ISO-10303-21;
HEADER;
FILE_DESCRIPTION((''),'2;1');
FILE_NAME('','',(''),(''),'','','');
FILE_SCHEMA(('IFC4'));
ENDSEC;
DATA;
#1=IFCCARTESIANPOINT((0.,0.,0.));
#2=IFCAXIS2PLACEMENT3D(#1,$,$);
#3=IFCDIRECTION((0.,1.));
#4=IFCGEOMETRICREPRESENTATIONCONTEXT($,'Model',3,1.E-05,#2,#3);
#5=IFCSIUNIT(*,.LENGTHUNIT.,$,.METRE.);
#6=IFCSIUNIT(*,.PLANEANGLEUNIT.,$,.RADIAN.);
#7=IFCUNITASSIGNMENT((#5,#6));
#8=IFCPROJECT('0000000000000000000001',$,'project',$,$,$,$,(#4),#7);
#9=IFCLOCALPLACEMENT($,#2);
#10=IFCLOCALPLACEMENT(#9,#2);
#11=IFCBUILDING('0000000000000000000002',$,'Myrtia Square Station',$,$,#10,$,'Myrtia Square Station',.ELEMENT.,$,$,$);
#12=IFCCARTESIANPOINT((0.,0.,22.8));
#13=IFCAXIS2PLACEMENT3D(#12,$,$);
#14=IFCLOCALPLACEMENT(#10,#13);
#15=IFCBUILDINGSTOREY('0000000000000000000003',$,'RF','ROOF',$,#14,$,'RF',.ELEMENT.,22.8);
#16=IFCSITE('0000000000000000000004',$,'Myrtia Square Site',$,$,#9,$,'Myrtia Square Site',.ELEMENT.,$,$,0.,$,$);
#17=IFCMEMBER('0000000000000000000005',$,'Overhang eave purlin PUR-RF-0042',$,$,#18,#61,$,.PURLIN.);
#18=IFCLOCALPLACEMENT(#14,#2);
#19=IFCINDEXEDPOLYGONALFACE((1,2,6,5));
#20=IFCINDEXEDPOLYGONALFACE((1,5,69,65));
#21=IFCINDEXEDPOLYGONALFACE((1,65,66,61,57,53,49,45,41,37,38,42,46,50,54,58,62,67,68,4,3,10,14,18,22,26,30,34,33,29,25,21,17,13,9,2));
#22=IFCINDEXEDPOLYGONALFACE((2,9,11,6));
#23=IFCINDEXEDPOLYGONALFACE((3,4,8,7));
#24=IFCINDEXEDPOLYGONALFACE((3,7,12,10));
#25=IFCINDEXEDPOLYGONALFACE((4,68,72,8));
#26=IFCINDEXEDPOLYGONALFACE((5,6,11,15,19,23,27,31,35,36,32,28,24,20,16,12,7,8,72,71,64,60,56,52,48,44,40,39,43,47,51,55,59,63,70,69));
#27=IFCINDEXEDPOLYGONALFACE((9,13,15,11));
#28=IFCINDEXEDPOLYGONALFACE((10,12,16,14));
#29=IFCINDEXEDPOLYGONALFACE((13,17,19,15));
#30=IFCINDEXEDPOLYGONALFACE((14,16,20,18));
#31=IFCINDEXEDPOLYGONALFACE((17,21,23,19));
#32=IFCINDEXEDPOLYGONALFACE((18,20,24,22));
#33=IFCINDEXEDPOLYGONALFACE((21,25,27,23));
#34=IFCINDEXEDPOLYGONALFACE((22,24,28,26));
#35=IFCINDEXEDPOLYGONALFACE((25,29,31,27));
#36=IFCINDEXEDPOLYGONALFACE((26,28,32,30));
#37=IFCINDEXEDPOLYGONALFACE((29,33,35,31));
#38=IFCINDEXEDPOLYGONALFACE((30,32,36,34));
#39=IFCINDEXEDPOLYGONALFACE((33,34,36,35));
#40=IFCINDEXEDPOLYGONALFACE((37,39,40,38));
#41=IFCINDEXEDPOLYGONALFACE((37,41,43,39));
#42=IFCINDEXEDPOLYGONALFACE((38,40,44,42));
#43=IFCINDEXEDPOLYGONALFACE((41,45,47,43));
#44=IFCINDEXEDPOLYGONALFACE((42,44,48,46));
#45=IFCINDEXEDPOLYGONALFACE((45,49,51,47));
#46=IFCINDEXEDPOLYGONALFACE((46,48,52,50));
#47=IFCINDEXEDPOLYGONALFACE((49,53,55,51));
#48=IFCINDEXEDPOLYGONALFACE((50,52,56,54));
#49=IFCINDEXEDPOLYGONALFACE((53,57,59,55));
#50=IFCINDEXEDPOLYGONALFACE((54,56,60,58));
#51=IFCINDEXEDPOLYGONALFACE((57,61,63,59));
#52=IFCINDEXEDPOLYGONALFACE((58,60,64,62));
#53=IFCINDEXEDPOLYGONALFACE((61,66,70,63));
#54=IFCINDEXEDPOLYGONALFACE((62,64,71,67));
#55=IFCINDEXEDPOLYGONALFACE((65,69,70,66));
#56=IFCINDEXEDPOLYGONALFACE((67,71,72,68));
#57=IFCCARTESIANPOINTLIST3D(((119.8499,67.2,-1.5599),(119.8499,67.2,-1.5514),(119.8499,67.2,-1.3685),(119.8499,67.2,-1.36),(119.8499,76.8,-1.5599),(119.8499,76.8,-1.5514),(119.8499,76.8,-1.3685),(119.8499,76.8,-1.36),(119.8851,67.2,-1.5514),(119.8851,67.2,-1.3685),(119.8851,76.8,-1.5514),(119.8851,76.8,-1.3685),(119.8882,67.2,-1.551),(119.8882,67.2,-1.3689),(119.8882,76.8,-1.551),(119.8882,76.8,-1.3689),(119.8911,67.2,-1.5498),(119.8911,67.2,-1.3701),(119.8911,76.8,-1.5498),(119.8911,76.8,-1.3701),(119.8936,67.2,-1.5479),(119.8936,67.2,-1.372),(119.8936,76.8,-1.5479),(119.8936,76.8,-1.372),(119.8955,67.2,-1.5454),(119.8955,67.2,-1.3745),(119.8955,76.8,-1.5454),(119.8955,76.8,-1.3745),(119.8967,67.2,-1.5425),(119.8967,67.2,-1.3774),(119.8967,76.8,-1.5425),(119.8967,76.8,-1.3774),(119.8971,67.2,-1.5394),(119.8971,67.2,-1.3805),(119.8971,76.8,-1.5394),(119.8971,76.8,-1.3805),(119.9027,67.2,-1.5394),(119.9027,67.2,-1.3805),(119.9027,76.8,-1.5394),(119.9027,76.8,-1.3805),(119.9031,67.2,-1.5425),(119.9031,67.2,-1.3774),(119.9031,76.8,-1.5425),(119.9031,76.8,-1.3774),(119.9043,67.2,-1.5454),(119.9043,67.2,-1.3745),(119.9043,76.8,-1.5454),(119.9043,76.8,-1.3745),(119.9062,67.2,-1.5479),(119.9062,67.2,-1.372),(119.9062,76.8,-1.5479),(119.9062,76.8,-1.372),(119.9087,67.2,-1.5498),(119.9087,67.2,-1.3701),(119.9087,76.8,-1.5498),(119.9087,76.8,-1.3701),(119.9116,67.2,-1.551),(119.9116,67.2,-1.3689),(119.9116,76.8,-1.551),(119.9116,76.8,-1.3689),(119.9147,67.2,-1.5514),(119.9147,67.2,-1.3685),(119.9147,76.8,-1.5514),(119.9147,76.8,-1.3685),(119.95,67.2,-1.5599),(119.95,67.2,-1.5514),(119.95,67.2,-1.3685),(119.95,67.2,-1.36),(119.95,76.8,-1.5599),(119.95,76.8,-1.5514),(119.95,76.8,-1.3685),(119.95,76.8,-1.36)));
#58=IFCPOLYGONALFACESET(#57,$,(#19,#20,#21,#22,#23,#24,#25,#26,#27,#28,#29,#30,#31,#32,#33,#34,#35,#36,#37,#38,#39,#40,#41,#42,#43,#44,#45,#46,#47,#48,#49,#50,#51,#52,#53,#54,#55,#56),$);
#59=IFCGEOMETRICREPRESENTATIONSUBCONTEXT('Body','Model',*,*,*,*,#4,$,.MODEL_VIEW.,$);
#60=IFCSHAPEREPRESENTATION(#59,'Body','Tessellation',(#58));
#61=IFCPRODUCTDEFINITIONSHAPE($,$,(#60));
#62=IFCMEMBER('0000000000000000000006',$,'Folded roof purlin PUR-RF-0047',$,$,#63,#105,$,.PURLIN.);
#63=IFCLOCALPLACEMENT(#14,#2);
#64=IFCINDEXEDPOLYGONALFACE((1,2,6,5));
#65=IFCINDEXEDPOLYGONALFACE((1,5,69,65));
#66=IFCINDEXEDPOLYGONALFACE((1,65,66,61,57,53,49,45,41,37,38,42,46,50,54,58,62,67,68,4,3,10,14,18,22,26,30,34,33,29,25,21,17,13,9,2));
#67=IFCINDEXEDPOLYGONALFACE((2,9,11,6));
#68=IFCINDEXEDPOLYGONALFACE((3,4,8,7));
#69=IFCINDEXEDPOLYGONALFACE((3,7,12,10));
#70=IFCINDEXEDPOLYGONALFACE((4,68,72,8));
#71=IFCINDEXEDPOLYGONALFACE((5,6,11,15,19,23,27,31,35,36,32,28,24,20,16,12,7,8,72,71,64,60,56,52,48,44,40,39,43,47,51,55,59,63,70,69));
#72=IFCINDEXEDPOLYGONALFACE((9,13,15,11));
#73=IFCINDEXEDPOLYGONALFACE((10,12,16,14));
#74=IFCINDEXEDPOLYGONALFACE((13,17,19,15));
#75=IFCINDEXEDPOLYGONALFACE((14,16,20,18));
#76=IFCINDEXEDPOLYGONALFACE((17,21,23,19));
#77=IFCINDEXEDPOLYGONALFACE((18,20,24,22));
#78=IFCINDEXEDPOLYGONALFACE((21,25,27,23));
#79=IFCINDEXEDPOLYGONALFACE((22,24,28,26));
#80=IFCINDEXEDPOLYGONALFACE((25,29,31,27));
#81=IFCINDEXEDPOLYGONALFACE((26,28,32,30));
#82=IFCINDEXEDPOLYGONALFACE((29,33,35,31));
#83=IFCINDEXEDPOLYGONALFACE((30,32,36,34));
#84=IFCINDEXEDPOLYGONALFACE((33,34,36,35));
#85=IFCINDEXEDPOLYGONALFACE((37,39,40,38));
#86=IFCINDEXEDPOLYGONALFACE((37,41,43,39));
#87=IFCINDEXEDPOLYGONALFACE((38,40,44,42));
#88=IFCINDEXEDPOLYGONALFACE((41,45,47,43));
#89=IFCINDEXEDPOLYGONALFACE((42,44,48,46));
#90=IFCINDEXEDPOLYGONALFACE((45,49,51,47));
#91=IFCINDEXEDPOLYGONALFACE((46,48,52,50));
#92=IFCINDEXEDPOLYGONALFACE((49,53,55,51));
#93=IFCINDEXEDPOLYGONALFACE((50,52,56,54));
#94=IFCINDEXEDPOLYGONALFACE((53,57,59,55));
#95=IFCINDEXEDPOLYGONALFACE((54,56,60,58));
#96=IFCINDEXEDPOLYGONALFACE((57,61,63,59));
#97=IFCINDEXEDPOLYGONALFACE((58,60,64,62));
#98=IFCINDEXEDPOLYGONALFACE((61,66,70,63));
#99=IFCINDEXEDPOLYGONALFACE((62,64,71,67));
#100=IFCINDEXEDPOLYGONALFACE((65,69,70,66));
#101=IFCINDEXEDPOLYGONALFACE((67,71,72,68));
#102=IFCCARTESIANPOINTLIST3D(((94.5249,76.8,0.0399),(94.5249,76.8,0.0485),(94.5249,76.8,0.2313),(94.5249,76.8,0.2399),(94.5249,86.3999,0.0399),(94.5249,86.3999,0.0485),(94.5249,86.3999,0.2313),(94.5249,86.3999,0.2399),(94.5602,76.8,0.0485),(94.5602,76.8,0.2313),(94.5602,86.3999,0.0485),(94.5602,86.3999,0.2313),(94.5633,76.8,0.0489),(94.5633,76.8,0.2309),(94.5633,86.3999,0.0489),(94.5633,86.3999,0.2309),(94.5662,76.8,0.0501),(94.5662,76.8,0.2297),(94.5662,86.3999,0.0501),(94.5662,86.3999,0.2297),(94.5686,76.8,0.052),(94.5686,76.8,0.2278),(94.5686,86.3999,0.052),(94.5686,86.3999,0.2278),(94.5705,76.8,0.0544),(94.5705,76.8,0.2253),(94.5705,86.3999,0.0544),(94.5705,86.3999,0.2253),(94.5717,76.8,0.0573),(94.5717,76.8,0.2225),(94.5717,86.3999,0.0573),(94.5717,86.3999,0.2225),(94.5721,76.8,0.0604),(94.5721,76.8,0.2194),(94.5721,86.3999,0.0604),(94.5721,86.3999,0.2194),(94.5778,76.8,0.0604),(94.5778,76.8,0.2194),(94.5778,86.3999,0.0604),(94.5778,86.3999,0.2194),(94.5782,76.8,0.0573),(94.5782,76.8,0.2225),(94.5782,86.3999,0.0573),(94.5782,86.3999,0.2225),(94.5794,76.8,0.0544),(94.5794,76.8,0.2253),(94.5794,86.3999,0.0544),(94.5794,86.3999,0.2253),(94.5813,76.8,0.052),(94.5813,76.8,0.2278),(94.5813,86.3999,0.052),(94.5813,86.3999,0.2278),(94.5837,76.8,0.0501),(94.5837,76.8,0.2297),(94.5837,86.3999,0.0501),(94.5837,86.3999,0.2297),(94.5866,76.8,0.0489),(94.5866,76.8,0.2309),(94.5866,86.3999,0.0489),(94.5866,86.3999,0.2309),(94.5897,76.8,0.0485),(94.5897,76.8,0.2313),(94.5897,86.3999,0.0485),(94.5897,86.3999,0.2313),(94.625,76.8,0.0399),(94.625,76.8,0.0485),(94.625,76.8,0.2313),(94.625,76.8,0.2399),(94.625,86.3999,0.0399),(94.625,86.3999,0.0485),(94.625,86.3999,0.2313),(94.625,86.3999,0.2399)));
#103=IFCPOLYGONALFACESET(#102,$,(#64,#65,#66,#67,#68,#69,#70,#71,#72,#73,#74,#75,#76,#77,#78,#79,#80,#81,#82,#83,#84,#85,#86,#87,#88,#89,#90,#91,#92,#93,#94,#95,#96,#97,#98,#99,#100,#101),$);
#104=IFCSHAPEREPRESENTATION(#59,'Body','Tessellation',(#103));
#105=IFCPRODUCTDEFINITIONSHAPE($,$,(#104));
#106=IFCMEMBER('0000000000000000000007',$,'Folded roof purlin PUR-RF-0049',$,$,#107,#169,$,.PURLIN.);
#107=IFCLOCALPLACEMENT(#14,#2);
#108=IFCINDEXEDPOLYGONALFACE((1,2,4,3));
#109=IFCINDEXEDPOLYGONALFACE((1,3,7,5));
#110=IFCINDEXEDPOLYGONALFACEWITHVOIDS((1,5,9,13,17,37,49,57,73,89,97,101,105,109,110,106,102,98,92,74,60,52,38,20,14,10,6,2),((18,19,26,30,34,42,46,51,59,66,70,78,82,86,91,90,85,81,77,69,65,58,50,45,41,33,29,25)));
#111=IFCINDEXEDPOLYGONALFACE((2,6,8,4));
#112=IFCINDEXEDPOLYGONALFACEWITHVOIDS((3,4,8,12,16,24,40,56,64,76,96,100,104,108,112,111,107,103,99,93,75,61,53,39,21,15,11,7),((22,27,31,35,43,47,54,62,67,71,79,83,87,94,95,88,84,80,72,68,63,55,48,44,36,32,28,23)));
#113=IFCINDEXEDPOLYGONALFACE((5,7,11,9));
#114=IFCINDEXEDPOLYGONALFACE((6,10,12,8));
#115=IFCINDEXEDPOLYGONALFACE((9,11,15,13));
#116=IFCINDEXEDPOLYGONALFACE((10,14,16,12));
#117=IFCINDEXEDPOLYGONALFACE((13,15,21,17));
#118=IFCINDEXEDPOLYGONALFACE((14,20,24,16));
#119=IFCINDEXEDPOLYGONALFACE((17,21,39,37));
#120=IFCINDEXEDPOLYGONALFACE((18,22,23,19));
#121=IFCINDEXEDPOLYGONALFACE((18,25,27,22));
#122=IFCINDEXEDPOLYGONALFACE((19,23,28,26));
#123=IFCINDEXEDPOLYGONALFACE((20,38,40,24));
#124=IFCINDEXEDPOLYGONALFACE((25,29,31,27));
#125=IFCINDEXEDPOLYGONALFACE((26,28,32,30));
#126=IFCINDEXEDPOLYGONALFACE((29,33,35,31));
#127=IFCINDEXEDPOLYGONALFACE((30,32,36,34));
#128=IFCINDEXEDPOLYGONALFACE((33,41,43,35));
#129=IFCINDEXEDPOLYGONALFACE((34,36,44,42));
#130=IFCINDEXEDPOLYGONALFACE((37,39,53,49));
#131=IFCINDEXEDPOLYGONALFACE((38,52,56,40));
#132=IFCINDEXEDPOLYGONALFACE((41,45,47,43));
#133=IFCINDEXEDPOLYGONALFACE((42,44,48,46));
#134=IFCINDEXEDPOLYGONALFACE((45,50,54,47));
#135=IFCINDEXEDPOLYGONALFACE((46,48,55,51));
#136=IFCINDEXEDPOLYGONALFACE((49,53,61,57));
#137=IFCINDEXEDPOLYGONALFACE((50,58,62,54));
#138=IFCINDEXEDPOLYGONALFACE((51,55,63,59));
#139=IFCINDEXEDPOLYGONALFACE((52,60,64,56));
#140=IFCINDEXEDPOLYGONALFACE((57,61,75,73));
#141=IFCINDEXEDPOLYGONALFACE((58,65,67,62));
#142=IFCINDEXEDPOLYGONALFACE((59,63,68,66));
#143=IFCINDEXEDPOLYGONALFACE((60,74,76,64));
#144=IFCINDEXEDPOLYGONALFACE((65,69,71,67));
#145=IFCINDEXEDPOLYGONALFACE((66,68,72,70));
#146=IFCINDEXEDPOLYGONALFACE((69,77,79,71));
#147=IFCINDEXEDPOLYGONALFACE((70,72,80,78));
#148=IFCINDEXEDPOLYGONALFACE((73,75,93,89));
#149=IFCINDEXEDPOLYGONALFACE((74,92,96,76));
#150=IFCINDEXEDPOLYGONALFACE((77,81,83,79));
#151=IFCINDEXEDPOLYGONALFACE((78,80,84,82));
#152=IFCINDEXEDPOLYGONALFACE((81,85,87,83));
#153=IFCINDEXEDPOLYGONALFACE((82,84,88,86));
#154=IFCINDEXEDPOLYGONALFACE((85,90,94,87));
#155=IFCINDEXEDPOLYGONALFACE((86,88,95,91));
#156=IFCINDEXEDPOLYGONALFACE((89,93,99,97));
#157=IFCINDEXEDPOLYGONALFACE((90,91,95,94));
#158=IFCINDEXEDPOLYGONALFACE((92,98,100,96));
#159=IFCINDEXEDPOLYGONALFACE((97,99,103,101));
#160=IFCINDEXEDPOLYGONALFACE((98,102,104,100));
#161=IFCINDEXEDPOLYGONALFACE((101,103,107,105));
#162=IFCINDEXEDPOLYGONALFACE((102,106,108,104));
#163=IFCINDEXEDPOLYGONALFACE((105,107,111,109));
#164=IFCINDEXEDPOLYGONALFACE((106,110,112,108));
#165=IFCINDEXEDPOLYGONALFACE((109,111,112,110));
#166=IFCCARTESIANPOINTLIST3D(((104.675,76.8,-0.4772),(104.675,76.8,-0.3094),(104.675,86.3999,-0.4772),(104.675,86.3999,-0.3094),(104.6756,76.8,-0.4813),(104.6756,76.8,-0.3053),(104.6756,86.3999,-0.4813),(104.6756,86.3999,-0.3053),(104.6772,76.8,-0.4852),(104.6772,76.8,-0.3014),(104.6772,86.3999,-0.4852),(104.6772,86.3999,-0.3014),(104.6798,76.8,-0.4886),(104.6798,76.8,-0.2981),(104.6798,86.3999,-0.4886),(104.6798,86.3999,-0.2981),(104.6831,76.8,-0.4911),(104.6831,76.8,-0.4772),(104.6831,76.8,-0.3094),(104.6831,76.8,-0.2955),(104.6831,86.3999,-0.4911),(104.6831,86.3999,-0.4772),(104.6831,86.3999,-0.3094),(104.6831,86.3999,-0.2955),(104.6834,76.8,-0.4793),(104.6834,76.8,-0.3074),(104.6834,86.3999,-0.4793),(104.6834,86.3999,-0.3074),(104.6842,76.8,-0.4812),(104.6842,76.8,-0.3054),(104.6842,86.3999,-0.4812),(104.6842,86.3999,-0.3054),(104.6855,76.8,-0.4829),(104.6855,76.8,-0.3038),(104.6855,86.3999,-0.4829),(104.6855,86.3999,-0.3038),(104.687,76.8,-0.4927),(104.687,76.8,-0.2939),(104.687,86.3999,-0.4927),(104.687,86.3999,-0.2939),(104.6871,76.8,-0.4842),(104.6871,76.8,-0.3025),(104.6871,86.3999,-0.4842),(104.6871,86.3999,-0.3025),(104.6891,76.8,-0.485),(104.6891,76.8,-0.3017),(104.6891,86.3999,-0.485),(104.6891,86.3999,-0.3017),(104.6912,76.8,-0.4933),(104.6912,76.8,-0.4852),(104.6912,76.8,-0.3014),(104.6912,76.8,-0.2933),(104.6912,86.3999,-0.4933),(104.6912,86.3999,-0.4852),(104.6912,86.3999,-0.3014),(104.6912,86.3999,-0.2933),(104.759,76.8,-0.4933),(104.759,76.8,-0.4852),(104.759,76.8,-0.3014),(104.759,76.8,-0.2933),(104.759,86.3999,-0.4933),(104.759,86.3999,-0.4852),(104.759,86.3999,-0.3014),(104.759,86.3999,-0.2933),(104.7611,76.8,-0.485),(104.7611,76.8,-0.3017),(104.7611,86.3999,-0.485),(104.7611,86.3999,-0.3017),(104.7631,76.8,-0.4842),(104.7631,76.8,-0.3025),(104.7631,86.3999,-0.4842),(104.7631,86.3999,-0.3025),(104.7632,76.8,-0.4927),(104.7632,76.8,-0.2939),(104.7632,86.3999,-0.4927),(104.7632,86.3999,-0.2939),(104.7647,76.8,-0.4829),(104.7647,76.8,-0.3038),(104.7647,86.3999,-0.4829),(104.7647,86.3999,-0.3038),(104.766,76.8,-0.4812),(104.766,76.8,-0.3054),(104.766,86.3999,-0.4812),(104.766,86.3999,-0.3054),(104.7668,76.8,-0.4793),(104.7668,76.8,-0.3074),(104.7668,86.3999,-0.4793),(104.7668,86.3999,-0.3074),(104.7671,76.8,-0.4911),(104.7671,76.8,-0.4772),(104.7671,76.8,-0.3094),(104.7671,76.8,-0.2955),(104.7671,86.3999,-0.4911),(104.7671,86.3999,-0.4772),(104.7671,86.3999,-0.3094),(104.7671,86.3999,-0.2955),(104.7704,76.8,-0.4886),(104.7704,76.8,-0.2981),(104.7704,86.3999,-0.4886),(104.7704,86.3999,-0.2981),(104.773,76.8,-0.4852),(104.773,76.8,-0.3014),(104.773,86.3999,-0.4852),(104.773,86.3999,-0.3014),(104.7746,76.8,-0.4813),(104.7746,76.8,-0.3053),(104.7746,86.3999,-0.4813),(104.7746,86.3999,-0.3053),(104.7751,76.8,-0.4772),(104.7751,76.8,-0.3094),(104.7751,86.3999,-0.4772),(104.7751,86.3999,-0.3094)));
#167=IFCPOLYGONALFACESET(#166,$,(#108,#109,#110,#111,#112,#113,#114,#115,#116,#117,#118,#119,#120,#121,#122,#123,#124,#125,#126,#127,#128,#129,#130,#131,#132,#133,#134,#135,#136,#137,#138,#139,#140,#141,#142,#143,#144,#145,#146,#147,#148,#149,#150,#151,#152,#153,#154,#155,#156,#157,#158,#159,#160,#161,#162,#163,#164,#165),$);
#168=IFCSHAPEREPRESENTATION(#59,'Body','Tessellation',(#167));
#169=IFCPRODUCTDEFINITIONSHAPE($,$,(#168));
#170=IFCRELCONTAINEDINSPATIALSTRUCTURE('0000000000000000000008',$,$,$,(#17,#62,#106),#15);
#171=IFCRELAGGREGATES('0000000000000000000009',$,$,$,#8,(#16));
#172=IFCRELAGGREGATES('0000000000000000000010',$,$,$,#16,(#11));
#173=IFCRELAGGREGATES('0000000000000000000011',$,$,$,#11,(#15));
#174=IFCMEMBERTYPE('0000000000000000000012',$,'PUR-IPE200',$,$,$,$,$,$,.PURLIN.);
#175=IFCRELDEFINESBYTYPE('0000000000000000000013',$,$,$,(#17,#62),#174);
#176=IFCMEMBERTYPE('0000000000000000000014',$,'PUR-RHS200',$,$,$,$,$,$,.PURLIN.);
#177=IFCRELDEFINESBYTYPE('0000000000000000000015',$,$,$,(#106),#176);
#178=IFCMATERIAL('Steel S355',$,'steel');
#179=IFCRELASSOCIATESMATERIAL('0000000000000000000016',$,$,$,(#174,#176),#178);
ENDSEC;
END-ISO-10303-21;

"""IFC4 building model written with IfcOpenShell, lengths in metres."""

from ifc_helpers import new_model, si_unit, direction, frame, origin, origin_2d, place, context, subcontext, project, spatial, hollow_rectangle, i_section, extrude, material, material_profile, profile_set, type_object, element, save


model = new_model("IFC4")

# Units and contexts
model_context = context("Model", 3, precision=1e-05, world=origin(), true_north=direction((0.0, 1.0)))
body_context = subcontext(model_context, "Body", "Model", "MODEL_VIEW")
ifc_project = project(units=[si_unit("LENGTHUNIT", "METRE"), si_unit("PLANEANGLEUNIT", "RADIAN")], contexts=[model_context])

# Site, building, storey
site_placement = place(None, origin())
site = spatial("IfcSite", under=ifc_project, at=site_placement, Name="Myrtia Square Site", LongName="Myrtia Square Site", CompositionType="ELEMENT", RefElevation=0.0)
building_placement = place(site_placement, origin())
building = spatial("IfcBuilding", under=site, at=building_placement, Name="Myrtia Square Station", LongName="Myrtia Square Station", CompositionType="ELEMENT")
storey_placement = place(building_placement, frame((0.0, 0.0, 22.8)))
storey = spatial("IfcBuildingStorey", under=building, at=storey_placement, Name="RF", Description="ROOF", LongName="RF", CompositionType="ELEMENT", Elevation=22.8)

# Members
ifc_material_1 = material(Name="Steel S355", Category="steel")
ifc_material_profile_1 = material_profile(ifc_material_1, i_section(OverallWidth=0.1001, OverallDepth=0.2, WebThickness=0.0056, FlangeThickness=0.0085, FilletRadius=0.012, at=origin_2d()), Name="IPE 200")
ifc_profile_set_1 = profile_set([ifc_material_profile_1], Name="Steel S355")
member_type_1 = type_object("IfcMemberType", Name="PUR-IPE200", PredefinedType="PURLIN", material=ifc_profile_set_1)
for number, where, z_axis, x_axis, name in (
    (1, (119.8999, 67.2, -1.46), (0.0, 1.0, 0.0), (-1.0, 0.0, 0.0), "Overhang eave purlin PUR-RF-0042"),
):
    element("IfcMember", number, at=place(storey_placement, frame(where, z_axis=z_axis, x_axis=x_axis)), inside=storey, type_object=member_type_1, Name=name, PredefinedType="PURLIN", context=body_context, shape_type="SweptSolid", body=[
        extrude(i_section(OverallWidth=0.1001, OverallDepth=0.2, WebThickness=0.0056, FlangeThickness=0.0085, FilletRadius=0.012, at=origin_2d()), origin(), (0.0, 0.0, 1.0), 9.6001),
    ])
member_1_placement = place(storey_placement, frame((94.575, 76.8, 0.1399), z_axis=(0.0, 1.0, 0.0), x_axis=(-1.0, 0.0, 0.0)))
element("IfcMember", 2, at=member_1_placement, inside=storey, type_object=member_type_1, Name="Folded roof purlin PUR-RF-0047", PredefinedType="PURLIN", context=body_context, shape_type="SweptSolid", body=[
    extrude(i_section(OverallWidth=0.1001, OverallDepth=0.2, WebThickness=0.0056, FlangeThickness=0.0085, FilletRadius=0.012, at=origin_2d()), origin(), (0.0, 0.0, 1.0), 9.5999),
])
ifc_material_profile_2 = material_profile(ifc_material_1, hollow_rectangle(XDim=0.1001, YDim=0.2, WallThickness=0.0081, InnerFilletRadius=0.0081, OuterFilletRadius=0.0161, at=origin_2d()), Name="RHS 200x100x8")
ifc_profile_set_2 = profile_set([ifc_material_profile_2], Name="Steel S355")
member_type_2 = type_object("IfcMemberType", Name="PUR-RHS200", PredefinedType="PURLIN", material=ifc_profile_set_2)
member_2_placement = place(storey_placement, frame((104.7251, 76.8, -0.3933), z_axis=(0.0, 1.0, 0.0), x_axis=(-1.0, 0.0, 0.0)))
element("IfcMember", 3, at=member_2_placement, inside=storey, type_object=member_type_2, Name="Folded roof purlin PUR-RF-0049", PredefinedType="PURLIN", context=body_context, shape_type="SweptSolid", body=[
    extrude(hollow_rectangle(XDim=0.1001, YDim=0.2, WallThickness=0.0081, InnerFilletRadius=0.0081, OuterFilletRadius=0.0161, at=origin_2d()), origin(), (0.0, 0.0, 1.0), 9.5999),
])

save(model, "model.ifc")
